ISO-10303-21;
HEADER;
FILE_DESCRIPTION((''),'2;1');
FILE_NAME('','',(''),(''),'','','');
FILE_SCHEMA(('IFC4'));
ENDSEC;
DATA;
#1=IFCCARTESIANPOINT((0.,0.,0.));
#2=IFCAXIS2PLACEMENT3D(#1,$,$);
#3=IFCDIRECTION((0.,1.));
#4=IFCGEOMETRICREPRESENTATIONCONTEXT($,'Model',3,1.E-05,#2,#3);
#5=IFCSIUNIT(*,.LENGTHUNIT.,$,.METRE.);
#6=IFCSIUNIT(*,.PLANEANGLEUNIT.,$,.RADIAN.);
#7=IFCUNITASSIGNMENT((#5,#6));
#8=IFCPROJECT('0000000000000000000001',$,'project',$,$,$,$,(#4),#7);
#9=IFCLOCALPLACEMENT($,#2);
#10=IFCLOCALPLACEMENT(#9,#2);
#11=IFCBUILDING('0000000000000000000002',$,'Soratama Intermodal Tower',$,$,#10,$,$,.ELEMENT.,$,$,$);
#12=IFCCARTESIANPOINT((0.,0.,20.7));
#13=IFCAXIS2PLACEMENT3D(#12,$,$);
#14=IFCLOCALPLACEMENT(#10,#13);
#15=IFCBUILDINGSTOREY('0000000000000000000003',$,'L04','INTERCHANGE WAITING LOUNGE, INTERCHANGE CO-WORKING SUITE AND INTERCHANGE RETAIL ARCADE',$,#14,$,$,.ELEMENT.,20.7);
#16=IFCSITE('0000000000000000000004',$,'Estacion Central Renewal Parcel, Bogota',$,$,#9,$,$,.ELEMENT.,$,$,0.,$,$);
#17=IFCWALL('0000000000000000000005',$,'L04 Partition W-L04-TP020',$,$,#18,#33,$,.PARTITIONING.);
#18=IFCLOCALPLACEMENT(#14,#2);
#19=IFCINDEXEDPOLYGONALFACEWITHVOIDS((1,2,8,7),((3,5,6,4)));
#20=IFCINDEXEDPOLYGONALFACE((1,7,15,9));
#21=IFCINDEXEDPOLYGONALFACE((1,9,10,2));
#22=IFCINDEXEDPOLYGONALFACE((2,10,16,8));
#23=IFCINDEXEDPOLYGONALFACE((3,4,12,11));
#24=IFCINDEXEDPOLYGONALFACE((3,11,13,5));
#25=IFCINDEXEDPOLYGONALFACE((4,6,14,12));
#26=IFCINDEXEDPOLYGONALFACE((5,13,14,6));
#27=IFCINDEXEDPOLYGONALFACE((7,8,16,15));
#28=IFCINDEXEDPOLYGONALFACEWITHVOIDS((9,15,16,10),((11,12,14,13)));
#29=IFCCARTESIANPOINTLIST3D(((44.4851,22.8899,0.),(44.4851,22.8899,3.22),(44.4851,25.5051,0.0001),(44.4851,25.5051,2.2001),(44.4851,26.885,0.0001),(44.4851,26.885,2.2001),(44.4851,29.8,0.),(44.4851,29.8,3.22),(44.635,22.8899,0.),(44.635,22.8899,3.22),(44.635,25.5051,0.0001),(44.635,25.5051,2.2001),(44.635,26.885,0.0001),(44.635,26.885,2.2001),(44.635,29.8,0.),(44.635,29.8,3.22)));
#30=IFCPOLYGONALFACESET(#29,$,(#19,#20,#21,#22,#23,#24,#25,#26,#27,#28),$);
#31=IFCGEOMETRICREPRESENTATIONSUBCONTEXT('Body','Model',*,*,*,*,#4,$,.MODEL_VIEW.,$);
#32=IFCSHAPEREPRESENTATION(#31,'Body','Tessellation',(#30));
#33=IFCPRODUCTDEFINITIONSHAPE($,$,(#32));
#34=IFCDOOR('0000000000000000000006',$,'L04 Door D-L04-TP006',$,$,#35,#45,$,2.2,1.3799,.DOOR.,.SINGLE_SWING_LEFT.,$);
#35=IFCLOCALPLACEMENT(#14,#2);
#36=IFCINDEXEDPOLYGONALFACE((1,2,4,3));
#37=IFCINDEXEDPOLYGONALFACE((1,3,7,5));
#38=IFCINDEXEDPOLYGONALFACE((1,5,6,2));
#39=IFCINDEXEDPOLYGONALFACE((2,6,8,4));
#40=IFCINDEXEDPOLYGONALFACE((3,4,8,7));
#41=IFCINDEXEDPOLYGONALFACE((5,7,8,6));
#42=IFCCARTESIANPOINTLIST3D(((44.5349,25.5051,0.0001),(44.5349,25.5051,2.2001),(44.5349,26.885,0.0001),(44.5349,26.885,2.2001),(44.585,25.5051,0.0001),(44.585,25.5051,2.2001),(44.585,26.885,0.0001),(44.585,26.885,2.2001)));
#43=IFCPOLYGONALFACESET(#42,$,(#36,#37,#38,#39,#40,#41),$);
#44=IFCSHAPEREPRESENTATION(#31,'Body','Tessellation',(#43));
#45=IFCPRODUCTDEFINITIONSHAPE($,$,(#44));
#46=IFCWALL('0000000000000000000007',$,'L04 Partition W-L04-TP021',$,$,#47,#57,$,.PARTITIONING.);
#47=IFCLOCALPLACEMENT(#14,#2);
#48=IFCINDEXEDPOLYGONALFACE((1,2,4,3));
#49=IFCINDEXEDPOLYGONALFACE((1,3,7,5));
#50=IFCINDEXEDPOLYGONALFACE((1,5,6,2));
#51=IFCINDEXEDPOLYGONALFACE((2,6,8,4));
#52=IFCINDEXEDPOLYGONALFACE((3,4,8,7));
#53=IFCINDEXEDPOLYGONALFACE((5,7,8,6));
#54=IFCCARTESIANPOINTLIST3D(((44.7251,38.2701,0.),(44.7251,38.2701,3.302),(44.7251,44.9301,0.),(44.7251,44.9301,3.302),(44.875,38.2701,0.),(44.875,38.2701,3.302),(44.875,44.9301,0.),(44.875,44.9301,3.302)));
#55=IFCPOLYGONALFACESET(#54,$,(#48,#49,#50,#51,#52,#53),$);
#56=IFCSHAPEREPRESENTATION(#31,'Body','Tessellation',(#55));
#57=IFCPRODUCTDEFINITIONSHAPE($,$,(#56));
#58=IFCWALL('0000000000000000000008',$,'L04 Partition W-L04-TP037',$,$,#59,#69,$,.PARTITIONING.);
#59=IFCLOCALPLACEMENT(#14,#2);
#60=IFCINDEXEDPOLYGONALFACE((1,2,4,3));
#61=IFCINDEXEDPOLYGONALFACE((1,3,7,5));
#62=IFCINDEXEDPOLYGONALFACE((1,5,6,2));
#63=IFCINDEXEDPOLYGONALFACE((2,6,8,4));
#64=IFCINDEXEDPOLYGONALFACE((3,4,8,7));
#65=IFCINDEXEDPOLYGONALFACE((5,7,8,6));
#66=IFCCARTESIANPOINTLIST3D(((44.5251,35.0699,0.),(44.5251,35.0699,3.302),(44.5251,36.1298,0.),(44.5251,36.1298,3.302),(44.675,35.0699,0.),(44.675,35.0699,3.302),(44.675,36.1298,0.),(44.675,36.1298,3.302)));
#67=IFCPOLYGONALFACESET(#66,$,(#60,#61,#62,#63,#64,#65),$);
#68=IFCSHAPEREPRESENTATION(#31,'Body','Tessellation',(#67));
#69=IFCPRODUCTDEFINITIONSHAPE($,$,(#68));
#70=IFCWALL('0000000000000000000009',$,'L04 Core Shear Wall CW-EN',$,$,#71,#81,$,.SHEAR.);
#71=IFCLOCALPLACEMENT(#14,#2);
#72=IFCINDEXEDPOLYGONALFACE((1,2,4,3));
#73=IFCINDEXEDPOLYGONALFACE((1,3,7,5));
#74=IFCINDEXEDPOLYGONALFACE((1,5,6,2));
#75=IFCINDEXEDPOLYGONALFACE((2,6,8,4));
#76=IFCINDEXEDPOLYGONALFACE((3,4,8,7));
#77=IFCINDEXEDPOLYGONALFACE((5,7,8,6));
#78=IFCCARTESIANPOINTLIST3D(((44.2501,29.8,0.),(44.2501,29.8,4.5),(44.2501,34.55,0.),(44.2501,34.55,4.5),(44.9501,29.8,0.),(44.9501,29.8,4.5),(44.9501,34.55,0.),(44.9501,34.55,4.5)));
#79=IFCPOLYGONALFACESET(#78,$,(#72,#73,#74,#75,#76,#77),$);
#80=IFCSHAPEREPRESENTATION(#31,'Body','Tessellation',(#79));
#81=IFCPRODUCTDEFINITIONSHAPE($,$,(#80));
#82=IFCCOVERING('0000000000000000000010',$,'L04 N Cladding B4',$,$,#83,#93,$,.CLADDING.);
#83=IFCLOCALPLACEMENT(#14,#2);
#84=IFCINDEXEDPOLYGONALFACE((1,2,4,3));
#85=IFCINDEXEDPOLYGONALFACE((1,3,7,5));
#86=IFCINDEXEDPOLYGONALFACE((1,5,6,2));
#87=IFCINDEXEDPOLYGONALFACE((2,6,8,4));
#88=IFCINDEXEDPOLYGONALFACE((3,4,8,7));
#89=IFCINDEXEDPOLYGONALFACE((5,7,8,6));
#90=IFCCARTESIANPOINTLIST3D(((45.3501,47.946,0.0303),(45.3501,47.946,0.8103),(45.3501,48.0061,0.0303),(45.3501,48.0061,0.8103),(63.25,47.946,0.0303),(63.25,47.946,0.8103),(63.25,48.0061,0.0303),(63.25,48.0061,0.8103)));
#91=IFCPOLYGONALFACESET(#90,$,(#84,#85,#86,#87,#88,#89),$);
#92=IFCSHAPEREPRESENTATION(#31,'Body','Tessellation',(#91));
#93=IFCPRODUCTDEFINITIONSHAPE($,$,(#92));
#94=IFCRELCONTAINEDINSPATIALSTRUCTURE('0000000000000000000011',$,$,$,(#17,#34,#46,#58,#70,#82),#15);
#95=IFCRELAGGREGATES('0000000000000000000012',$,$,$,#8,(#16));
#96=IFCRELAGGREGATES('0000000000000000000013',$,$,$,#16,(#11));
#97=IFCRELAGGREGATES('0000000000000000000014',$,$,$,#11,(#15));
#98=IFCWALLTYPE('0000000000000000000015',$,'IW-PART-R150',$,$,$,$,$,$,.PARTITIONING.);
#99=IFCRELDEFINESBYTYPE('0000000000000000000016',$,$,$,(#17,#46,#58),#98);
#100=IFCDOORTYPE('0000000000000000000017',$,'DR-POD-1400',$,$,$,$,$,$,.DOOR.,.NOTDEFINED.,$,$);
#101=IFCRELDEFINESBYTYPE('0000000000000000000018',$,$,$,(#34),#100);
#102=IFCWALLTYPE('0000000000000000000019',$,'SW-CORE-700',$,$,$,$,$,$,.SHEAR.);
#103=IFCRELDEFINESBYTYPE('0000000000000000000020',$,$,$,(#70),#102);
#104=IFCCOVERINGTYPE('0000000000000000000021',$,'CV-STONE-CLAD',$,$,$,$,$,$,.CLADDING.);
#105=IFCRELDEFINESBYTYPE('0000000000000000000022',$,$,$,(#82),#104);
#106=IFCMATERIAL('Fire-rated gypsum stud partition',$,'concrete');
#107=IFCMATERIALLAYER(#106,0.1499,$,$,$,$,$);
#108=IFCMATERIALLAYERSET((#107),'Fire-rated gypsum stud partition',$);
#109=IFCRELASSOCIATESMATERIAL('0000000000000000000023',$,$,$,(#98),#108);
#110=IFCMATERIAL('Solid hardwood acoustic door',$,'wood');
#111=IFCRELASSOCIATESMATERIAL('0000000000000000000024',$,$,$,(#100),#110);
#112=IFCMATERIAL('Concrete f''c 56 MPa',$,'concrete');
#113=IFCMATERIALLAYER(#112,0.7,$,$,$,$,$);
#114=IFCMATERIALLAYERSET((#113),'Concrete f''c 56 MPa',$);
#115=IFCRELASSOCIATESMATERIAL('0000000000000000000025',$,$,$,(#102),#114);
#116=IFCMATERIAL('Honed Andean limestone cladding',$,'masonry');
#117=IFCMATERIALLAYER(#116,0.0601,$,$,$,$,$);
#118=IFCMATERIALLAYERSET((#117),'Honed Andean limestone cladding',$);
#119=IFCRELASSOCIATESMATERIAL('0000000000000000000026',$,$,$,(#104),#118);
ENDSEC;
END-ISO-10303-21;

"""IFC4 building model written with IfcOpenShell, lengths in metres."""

from ifc_helpers import new_model, si_unit, direction, frame, frame_2d, origin, origin_2d, place, context, subcontext, project, spatial, rectangle, extrude, material, layer, layer_set, type_object, element, fill, save


model = new_model("IFC4")

# Units and contexts
model_context = context("Model", 3, precision=1e-05, world=origin(), true_north=direction((0.0, 1.0)))
body_context = subcontext(model_context, "Body", "Model", "MODEL_VIEW")
ifc_project = project(units=[si_unit("LENGTHUNIT", "METRE"), si_unit("PLANEANGLEUNIT", "RADIAN")], contexts=[model_context])

# Site, building, storey
site_placement = place(None, origin())
site = spatial("IfcSite", under=ifc_project, at=site_placement, Name="Estacion Central Renewal Parcel, Bogota", CompositionType="ELEMENT", RefElevation=0.0)
building_placement = place(site_placement, origin())
building = spatial("IfcBuilding", under=site, at=building_placement, Name="Soratama Intermodal Tower", CompositionType="ELEMENT")
storey_placement = place(building_placement, frame((0.0, 0.0, 20.7)))
storey = spatial("IfcBuildingStorey", under=building, at=storey_placement, Name="L04", Description="INTERCHANGE WAITING LOUNGE, INTERCHANGE CO-WORKING SUITE AND INTERCHANGE RETAIL ARCADE", CompositionType="ELEMENT", Elevation=20.7)

# Wall, opening, door
ifc_material_1 = material(Name="Fire-rated gypsum stud partition", Category="concrete")
ifc_layer_1 = layer(ifc_material_1, 0.1499)
ifc_layer_set_1 = layer_set([ifc_layer_1], Name="Fire-rated gypsum stud partition")
wall_type_1 = type_object("IfcWallType", Name="IW-PART-R150", PredefinedType="PARTITIONING", material=ifc_layer_set_1)
wall_1_placement = place(storey_placement, frame((44.5601, 29.8, 0.0), z_axis=(0.0, 0.0, 1.0), x_axis=(0.0, -1.0, 0.0)))
wall_1 = element("IfcWall", 1, at=wall_1_placement, inside=storey, type_object=wall_type_1, Name="L04 Partition W-L04-TP020", PredefinedType="PARTITIONING", context=body_context, shape_type="SweptSolid", body=[
    extrude(rectangle(XDim=6.9102, YDim=0.1499, at=frame_2d((3.4551, 0.0))), origin(), (0.0, 0.0, 1.0), 3.22),
])
opening_1_placement = place(wall_1_placement, frame((2.915, 0.0, 0.0)))
opening_1 = element("IfcOpeningElement", 2, at=opening_1_placement, cuts=wall_1, PredefinedType="OPENING", context=body_context, shape_type="SweptSolid", body=[
    extrude(rectangle(XDim=1.3799, YDim=2.2, at=frame_2d((0.6899, 1.1001))), frame((0.0, 0.085, 0.0), z_axis=(0.0, -1.0, 0.0), x_axis=(1.0, 0.0, 0.0)), (0.0, 0.0, 1.0), 0.1699),
])
ifc_material_2 = material(Name="Solid hardwood acoustic door", Category="wood")
door_type_1 = type_object("IfcDoorType", Name="DR-POD-1400", OperationType="NOTDEFINED", PredefinedType="DOOR", material=ifc_material_2)
door_1_placement = place(opening_1_placement, origin())
door_1 = element("IfcDoor", 3, at=door_1_placement, inside=storey, type_object=door_type_1, Name="L04 Door D-L04-TP006", OperationType="SINGLE_SWING_LEFT", OverallHeight=2.2, OverallWidth=1.3799, PredefinedType="DOOR", context=body_context, shape_type="SweptSolid", body=[
    extrude(rectangle(XDim=1.3799, YDim=2.2, at=frame_2d((0.6899, 1.1001))), frame((0.0, 0.0249, 0.0), z_axis=(0.0, -1.0, 0.0), x_axis=(1.0, 0.0, 0.0)), (0.0, 0.0, 1.0), 0.05),
])
fill(opening_1, door_1)

# Walls
wall_2_placement = place(storey_placement, frame((44.8, 38.27, 0.0), z_axis=(0.0, 0.0, 1.0), x_axis=(0.0, 1.0, 0.0)))
element("IfcWall", 4, at=wall_2_placement, inside=storey, type_object=wall_type_1, Name="L04 Partition W-L04-TP021", PredefinedType="PARTITIONING", context=body_context, shape_type="SweptSolid", body=[
    extrude(rectangle(XDim=6.6599, YDim=0.1499, at=frame_2d((3.3301, 0.0))), origin(), (0.0, 0.0, 1.0), 3.302),
])
wall_3_placement = place(storey_placement, frame((44.6001, 35.0701, 0.0), z_axis=(0.0, 0.0, 1.0), x_axis=(0.0, 1.0, 0.0)))
element("IfcWall", 5, at=wall_3_placement, inside=storey, type_object=wall_type_1, Name="L04 Partition W-L04-TP037", PredefinedType="PARTITIONING", context=body_context, shape_type="SweptSolid", body=[
    extrude(rectangle(XDim=1.0598, YDim=0.1499, at=frame_2d((0.5298, 0.0))), origin(), (0.0, 0.0, 1.0), 3.302),
])
ifc_material_3 = material(Name="Concrete f'c 56 MPa", Category="concrete")
ifc_layer_2 = layer(ifc_material_3, 0.7)
ifc_layer_set_2 = layer_set([ifc_layer_2], Name="Concrete f'c 56 MPa")
wall_type_2 = type_object("IfcWallType", Name="SW-CORE-700", PredefinedType="SHEAR", material=ifc_layer_set_2)
wall_4_placement = place(storey_placement, frame((44.6001, 29.8, 0.0), z_axis=(0.0, 0.0, 1.0), x_axis=(0.0, 1.0, 0.0)))
element("IfcWall", 6, at=wall_4_placement, inside=storey, type_object=wall_type_2, Name="L04 Core Shear Wall CW-EN", PredefinedType="SHEAR", context=body_context, shape_type="SweptSolid", body=[
    extrude(rectangle(XDim=4.75, YDim=0.7, at=frame_2d((2.375, 0.0))), origin(), (0.0, 0.0, 1.0), 4.5),
])

# Covering
ifc_material_4 = material(Name="Honed Andean limestone cladding", Category="masonry")
ifc_layer_3 = layer(ifc_material_4, 0.0601)
ifc_layer_set_3 = layer_set([ifc_layer_3], Name="Honed Andean limestone cladding")
covering_type = type_object("IfcCoveringType", Name="CV-STONE-CLAD", PredefinedType="CLADDING", material=ifc_layer_set_3)
covering_placement = place(storey_placement, frame((54.3, 47.9761, 0.0303), z_axis=(0.0, 0.0, 1.0), x_axis=(1.0, 0.0, 0.0)))
element("IfcCovering", 7, at=covering_placement, inside=storey, type_object=covering_type, Name="L04 N Cladding B4", PredefinedType="CLADDING", context=body_context, shape_type="SweptSolid", body=[
    extrude(rectangle(XDim=17.8999, YDim=0.0601, at=origin_2d()), origin(), (0.0, 0.0, 1.0), 0.78),
])

save(model, "model.ifc")
